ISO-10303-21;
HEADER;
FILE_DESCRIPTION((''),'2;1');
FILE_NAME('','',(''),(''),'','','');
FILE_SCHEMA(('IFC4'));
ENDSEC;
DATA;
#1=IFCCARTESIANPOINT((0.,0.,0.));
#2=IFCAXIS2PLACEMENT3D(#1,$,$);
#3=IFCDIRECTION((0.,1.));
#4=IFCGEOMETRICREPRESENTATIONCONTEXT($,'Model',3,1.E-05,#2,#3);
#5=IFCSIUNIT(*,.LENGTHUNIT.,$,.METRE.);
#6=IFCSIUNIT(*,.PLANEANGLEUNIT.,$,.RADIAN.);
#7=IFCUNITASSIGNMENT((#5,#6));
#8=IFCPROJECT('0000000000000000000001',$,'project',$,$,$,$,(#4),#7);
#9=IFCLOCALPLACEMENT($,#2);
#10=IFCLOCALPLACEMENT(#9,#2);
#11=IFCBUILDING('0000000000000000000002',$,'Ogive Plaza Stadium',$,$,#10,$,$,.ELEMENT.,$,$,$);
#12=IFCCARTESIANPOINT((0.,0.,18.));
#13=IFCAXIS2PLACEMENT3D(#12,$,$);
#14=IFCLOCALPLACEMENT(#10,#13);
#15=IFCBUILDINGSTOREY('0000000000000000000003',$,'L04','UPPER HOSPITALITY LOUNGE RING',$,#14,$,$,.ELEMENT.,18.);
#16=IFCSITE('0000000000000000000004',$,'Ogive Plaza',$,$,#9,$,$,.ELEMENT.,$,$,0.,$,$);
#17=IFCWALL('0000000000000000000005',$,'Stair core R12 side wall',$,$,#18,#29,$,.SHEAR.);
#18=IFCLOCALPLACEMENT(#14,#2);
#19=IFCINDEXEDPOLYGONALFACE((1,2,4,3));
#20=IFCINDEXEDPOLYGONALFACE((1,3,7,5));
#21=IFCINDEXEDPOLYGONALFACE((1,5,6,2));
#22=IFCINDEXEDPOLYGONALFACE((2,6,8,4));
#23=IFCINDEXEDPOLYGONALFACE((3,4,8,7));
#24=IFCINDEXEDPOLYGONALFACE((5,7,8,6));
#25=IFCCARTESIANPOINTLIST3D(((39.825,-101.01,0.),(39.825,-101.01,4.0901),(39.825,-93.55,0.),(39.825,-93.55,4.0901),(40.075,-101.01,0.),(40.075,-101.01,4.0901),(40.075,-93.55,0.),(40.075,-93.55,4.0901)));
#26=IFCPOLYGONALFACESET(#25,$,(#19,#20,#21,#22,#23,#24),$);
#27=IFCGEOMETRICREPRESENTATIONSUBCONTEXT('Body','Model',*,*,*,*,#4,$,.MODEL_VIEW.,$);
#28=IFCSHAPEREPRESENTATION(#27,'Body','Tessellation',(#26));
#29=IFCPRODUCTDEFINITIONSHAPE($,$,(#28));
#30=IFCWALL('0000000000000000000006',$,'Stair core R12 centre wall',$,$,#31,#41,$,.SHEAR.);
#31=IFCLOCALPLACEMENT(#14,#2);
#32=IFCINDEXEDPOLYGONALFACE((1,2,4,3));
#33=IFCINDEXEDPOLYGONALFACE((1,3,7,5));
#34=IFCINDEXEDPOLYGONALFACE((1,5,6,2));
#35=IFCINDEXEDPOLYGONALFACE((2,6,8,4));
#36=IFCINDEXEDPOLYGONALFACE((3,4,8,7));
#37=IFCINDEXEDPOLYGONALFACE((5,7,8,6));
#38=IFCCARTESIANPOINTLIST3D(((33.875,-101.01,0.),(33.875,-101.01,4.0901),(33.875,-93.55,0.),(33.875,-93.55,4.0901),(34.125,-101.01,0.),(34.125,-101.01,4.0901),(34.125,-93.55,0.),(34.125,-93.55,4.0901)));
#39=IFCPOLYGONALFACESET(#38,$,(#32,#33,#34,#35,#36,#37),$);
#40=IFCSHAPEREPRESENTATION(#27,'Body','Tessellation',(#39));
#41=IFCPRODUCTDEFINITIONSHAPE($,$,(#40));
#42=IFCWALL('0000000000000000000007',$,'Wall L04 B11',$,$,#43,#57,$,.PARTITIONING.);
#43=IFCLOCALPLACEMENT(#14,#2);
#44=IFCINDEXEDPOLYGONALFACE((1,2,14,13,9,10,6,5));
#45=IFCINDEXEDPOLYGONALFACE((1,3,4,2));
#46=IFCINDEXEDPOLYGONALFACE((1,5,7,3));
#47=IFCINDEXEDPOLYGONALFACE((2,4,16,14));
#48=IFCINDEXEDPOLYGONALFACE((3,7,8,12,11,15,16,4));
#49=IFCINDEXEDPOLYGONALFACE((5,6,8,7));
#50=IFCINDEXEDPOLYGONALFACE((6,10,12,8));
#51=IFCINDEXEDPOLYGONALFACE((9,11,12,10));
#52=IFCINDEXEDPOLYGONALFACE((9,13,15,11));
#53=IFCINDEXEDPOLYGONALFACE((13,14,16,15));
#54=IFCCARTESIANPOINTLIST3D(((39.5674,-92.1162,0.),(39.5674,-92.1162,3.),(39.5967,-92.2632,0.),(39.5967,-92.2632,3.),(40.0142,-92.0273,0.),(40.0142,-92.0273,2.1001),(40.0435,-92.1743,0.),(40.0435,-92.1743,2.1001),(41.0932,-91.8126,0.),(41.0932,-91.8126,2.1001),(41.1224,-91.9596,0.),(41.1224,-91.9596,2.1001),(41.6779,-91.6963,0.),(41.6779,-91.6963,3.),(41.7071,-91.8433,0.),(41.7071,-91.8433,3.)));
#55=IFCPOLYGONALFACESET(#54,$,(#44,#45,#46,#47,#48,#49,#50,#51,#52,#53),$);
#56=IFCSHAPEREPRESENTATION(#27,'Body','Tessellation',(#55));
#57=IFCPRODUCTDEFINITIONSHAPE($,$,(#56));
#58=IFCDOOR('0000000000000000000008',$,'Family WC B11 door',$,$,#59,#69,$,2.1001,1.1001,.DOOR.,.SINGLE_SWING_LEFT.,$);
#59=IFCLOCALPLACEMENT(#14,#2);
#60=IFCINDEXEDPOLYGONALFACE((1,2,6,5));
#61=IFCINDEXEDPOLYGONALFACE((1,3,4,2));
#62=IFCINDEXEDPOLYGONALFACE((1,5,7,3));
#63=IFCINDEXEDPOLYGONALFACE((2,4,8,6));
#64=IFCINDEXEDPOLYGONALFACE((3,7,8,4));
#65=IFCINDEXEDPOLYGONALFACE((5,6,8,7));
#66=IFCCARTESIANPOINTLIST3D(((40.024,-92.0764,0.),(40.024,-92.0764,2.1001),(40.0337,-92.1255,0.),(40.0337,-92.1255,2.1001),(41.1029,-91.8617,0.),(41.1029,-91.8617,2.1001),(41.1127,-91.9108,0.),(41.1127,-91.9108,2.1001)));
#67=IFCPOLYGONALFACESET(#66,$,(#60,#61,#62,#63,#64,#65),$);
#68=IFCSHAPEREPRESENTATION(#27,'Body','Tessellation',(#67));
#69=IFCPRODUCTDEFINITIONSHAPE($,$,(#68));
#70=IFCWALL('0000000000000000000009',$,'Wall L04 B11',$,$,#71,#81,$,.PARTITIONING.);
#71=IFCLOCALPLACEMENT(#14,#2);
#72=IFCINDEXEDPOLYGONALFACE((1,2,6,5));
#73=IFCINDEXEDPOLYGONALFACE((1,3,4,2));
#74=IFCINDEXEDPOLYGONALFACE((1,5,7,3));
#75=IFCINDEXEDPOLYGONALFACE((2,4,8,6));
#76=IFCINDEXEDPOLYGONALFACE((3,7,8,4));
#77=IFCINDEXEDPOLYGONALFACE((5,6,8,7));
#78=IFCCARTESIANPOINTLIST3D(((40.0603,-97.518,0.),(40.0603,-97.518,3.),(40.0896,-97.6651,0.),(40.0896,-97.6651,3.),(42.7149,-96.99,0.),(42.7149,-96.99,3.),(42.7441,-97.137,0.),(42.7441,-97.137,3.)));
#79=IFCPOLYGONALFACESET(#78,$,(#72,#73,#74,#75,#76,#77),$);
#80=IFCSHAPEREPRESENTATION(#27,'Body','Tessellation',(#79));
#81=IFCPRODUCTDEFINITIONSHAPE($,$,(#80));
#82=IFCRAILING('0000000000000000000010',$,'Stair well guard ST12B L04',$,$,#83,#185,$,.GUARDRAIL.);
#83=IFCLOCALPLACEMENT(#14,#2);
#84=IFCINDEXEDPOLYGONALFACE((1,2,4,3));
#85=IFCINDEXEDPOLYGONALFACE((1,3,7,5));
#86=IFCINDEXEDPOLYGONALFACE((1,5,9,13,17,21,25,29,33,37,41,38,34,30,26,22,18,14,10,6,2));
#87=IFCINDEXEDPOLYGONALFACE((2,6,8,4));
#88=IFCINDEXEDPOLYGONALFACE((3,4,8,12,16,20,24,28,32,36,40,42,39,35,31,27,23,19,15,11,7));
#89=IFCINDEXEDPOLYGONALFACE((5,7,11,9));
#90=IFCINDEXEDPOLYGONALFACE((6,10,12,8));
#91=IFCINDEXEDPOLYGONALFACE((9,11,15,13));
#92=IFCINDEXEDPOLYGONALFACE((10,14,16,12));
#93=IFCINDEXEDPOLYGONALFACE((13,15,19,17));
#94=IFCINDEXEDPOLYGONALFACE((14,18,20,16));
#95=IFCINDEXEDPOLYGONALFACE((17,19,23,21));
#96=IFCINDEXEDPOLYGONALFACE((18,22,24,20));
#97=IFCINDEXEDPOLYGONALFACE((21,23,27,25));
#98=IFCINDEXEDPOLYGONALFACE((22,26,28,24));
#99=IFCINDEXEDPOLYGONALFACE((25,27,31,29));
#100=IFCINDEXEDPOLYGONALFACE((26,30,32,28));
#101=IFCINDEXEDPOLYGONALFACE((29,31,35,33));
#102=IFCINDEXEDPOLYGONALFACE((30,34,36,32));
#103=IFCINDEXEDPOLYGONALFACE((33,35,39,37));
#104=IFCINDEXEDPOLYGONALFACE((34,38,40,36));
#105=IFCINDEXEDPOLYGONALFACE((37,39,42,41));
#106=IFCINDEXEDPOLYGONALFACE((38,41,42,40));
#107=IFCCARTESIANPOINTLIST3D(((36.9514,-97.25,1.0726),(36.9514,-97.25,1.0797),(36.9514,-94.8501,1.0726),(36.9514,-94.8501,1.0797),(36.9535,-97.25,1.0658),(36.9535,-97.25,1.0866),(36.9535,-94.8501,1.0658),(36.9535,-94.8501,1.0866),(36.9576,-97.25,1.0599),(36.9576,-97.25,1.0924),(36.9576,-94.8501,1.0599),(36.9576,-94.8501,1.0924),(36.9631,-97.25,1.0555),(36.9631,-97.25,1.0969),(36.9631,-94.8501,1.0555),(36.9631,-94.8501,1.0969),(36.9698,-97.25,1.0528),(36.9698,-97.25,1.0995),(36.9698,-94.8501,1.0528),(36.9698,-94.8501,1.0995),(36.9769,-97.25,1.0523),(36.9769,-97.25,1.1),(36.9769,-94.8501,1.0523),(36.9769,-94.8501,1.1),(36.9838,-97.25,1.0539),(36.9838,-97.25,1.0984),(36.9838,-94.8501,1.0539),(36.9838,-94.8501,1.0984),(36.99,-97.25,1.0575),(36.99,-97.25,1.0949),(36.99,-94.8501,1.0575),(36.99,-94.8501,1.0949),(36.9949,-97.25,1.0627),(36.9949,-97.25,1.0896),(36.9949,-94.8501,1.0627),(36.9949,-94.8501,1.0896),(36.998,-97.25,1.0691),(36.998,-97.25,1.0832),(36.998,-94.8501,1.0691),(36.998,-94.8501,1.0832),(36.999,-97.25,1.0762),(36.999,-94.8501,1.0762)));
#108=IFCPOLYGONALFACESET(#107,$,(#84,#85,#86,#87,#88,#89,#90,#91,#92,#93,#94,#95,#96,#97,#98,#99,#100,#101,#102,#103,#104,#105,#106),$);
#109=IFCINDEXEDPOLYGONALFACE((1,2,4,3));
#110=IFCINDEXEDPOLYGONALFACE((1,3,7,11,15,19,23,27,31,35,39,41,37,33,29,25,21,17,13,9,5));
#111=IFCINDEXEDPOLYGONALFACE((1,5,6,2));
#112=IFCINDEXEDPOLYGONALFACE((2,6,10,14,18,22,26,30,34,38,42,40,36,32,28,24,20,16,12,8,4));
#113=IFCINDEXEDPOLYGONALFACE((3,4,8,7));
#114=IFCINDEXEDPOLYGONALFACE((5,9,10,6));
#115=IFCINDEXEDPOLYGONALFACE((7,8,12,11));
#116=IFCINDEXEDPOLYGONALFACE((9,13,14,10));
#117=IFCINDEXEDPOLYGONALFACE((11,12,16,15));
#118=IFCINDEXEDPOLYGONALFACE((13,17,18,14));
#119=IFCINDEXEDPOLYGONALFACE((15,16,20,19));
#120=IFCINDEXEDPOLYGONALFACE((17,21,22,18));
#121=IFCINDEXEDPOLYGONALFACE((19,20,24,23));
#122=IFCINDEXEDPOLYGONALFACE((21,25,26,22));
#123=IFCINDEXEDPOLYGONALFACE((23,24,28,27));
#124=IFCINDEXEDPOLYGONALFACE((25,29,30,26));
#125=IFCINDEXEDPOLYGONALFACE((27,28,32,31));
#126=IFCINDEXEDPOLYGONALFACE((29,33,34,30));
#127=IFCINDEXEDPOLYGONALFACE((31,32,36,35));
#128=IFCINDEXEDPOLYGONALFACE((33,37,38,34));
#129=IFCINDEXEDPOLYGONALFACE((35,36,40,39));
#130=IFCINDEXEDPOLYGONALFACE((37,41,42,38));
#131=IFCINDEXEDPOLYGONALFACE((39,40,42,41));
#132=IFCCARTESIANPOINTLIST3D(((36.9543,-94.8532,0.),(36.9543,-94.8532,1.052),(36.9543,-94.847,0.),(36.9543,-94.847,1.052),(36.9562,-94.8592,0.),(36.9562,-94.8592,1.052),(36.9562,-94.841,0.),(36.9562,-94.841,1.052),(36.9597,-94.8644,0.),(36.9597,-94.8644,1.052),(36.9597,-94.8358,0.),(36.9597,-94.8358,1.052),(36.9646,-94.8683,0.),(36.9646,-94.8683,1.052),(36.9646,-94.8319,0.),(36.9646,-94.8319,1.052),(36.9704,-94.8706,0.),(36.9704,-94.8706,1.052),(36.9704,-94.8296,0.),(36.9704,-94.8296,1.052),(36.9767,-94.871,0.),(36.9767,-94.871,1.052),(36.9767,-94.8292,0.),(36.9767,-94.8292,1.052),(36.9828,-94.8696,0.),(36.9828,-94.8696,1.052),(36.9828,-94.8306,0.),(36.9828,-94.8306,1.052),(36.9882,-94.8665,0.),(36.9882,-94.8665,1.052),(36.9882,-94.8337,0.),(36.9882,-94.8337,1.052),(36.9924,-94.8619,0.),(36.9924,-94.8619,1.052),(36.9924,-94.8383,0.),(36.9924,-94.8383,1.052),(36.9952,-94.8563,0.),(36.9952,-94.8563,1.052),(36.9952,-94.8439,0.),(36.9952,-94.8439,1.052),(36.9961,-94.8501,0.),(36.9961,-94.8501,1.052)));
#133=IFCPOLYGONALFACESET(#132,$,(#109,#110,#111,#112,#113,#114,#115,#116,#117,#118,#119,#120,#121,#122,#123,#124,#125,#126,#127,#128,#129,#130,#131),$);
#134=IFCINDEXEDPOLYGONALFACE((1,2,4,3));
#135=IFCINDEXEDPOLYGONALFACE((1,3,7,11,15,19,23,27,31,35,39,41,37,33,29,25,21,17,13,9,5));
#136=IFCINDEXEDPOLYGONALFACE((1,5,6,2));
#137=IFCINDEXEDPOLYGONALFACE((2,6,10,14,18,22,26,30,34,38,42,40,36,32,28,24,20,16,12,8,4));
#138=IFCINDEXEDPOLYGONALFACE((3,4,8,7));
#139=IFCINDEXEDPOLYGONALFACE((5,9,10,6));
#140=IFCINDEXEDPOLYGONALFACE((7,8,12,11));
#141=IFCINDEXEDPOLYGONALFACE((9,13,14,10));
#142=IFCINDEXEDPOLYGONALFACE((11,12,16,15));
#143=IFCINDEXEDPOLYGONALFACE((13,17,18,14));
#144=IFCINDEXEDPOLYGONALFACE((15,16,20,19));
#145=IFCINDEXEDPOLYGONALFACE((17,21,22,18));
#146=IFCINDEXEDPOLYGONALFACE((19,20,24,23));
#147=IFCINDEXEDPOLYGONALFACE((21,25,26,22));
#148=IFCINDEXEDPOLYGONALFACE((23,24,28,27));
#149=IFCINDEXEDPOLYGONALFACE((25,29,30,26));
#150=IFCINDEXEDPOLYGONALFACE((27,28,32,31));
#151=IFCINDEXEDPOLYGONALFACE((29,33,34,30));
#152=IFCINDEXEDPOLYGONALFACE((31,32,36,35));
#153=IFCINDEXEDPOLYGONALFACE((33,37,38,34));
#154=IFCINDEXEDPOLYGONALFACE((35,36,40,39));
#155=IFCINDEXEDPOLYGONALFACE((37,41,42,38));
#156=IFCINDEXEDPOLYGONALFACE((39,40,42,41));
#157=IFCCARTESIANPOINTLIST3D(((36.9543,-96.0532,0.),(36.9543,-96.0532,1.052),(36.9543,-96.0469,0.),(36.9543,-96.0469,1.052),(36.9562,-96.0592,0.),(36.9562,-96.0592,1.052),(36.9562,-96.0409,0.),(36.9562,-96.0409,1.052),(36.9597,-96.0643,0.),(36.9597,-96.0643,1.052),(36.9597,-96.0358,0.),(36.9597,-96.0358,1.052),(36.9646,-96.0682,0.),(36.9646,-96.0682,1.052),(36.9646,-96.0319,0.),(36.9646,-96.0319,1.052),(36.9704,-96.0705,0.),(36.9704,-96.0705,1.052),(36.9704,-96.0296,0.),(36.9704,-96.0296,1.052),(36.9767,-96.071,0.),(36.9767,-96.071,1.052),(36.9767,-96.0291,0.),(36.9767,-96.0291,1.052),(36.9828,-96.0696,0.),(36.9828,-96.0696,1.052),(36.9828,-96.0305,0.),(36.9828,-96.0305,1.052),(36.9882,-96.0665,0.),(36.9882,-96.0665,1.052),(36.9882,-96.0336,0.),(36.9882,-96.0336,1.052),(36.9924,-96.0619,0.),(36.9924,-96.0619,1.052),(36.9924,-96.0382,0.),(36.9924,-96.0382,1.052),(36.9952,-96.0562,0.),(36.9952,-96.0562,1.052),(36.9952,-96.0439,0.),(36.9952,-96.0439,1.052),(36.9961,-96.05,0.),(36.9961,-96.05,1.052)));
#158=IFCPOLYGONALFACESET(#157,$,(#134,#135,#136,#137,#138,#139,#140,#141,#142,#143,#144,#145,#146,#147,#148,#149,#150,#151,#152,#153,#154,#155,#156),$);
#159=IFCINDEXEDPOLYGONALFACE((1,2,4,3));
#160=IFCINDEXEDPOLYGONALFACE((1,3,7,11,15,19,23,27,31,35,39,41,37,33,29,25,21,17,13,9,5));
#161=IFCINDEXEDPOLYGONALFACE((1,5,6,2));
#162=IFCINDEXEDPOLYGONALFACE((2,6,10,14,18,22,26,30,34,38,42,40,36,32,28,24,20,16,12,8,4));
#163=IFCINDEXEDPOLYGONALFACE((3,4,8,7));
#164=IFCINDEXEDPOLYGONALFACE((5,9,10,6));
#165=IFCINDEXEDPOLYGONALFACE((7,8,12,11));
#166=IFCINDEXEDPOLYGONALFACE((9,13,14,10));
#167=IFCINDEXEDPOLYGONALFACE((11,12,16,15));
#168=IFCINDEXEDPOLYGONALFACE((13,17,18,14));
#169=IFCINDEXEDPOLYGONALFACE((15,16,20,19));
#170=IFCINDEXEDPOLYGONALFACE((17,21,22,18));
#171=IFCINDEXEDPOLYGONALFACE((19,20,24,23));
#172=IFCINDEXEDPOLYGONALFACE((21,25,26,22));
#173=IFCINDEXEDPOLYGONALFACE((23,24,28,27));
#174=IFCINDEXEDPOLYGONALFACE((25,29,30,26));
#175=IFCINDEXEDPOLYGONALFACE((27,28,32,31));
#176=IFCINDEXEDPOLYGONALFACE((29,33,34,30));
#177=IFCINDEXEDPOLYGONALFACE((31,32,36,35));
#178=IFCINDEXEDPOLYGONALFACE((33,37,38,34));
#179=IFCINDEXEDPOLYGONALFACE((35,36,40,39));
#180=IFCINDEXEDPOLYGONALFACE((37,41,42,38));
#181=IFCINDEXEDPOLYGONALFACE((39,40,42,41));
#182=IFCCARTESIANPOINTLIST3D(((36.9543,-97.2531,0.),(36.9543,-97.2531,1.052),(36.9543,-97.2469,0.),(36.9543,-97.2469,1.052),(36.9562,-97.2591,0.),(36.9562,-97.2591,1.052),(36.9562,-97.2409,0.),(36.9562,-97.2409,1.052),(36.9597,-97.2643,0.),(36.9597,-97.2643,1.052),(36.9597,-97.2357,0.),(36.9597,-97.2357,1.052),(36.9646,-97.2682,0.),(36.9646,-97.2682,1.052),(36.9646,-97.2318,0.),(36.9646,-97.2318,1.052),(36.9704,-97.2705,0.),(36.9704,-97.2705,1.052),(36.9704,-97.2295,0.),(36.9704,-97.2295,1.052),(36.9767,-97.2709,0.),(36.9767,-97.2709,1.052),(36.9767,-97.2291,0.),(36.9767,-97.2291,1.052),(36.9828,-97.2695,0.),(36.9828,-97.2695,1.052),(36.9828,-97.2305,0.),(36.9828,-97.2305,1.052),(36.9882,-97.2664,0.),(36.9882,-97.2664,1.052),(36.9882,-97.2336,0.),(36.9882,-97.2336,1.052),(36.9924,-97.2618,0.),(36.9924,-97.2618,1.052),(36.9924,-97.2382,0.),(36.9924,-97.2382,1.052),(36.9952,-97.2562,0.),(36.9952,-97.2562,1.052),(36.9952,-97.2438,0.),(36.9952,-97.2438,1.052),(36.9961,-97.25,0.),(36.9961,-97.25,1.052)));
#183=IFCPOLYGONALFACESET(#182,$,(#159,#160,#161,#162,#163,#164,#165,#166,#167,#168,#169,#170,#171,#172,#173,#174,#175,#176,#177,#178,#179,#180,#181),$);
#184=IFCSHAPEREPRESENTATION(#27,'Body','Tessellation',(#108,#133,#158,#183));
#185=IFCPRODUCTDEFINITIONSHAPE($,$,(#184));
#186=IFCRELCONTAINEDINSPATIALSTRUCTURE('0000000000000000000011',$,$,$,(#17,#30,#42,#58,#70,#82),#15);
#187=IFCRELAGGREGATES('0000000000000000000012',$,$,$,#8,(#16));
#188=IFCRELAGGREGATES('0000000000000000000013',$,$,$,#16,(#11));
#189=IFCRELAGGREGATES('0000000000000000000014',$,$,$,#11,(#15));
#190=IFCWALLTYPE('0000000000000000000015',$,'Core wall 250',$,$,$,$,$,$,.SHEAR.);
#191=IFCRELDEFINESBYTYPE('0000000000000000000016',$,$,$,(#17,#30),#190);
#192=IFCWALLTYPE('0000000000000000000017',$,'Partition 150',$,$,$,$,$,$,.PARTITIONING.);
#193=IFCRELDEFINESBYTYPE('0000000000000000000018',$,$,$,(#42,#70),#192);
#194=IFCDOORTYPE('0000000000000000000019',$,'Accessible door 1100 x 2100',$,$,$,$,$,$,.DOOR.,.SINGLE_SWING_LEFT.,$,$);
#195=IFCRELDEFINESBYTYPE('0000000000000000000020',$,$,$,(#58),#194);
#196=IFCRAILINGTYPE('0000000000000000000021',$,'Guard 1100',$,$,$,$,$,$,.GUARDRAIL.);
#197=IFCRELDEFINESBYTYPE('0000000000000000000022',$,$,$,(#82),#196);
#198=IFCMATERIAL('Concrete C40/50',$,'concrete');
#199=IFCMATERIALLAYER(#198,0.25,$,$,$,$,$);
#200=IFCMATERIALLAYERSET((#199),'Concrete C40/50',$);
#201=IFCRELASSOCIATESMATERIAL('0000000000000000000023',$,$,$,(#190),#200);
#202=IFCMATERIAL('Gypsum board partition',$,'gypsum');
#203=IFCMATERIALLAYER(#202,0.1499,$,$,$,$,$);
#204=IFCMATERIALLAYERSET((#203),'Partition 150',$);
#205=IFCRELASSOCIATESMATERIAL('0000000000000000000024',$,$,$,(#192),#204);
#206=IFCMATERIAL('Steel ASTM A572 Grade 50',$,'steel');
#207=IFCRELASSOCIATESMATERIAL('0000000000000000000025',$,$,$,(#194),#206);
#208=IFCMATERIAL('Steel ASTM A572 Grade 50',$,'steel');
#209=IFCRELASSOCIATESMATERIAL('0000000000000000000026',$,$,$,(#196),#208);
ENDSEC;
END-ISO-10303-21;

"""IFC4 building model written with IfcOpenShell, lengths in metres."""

from ifc_helpers import new_model, si_unit, direction, frame, frame_2d, origin, origin_2d, place, context, subcontext, project, spatial, rectangle, circle, extrude, material, layer, layer_set, type_object, element, fill, save


model = new_model("IFC4")

# Units and contexts
model_context = context("Model", 3, precision=1e-05, world=origin(), true_north=direction((0.0, 1.0)))
body_context = subcontext(model_context, "Body", "Model", "MODEL_VIEW")
ifc_project = project(units=[si_unit("LENGTHUNIT", "METRE"), si_unit("PLANEANGLEUNIT", "RADIAN")], contexts=[model_context])

# Site, building, storey
site_placement = place(None, origin())
site = spatial("IfcSite", under=ifc_project, at=site_placement, Name="Ogive Plaza", CompositionType="ELEMENT", RefElevation=0.0)
building_placement = place(site_placement, origin())
building = spatial("IfcBuilding", under=site, at=building_placement, Name="Ogive Plaza Stadium", CompositionType="ELEMENT")
storey_placement = place(building_placement, frame((0.0, 0.0, 18.0)))
storey = spatial("IfcBuildingStorey", under=building, at=storey_placement, Name="L04", Description="UPPER HOSPITALITY LOUNGE RING", CompositionType="ELEMENT", Elevation=18.0)

# Walls
ifc_material_1 = material(Name="Concrete C40/50", Category="concrete")
ifc_layer_1 = layer(ifc_material_1, 0.25)
ifc_layer_set_1 = layer_set([ifc_layer_1], Name="Concrete C40/50")
wall_type_1 = type_object("IfcWallType", Name="Core wall 250", PredefinedType="SHEAR", material=ifc_layer_set_1)
for number, where, z_axis, x_axis, name in (
    (1, (39.95, -93.55, 0.0), (0.0, 0.0, 1.0), (0.0, -1.0, 0.0), "Stair core R12 side wall"),
    (2, (34.0, -93.55, 0.0), (0.0, 0.0, 1.0), (0.0, -1.0, 0.0), "Stair core R12 centre wall"),
):
    element("IfcWall", number, at=place(storey_placement, frame(where, z_axis=z_axis, x_axis=x_axis)), inside=storey, type_object=wall_type_1, Name=name, PredefinedType="SHEAR", context=body_context, shape_type="SweptSolid", body=[
        extrude(rectangle(XDim=7.46, YDim=0.25, at=frame_2d((3.73, 0.0))), origin(), (0.0, 0.0, 1.0), 4.0901),
    ])

# Wall, opening, door
ifc_material_2 = material(Name="Gypsum board partition", Category="gypsum")
ifc_layer_2 = layer(ifc_material_2, 0.1499)
ifc_layer_set_2 = layer_set([ifc_layer_2], Name="Partition 150")
wall_type_2 = type_object("IfcWallType", Name="Partition 150", PredefinedType="PARTITIONING", material=ifc_layer_set_2)
wall_1_placement = place(storey_placement, frame((39.582, -92.1897, 0.0), z_axis=(0.0, 0.0, 1.0), x_axis=(0.980777, 0.195134, 0.0)))
wall_1 = element("IfcWall", 3, at=wall_1_placement, inside=storey, type_object=wall_type_2, Name="Wall L04 B11", PredefinedType="PARTITIONING", context=body_context, shape_type="SweptSolid", body=[
    extrude(rectangle(XDim=2.1519, YDim=0.1499, at=frame_2d((1.0759, 0.0))), origin(), (0.0, 0.0, 1.0), 3.0),
])
opening_placement = place(wall_1_placement, frame((0.4556, 0.0, 0.0)))
opening = element("IfcOpeningElement", 4, at=opening_placement, cuts=wall_1, PredefinedType="OPENING", context=body_context, shape_type="SweptSolid", body=[
    extrude(rectangle(XDim=1.1001, YDim=2.1001, at=frame_2d((0.55, 1.05))), frame((0.0, 0.075, 0.0), z_axis=(0.0, -1.0, 0.0), x_axis=(1.0, 0.0, 0.0)), (0.0, 0.0, 1.0), 0.1499),
])
ifc_material_3 = material(Name="Steel ASTM A572 Grade 50", Category="steel")
door_type = type_object("IfcDoorType", Name="Accessible door 1100 x 2100", OperationType="SINGLE_SWING_LEFT", PredefinedType="DOOR", material=ifc_material_3)
door_placement = place(opening_placement, origin())
door = element("IfcDoor", 5, at=door_placement, inside=storey, type_object=door_type, Name="Family WC B11 door", OperationType="SINGLE_SWING_LEFT", OverallHeight=2.1001, OverallWidth=1.1001, PredefinedType="DOOR", context=body_context, shape_type="SweptSolid", body=[
    extrude(rectangle(XDim=1.1001, YDim=2.1001, at=frame_2d((0.55, 1.05))), frame((0.0, 0.0249, 0.0), z_axis=(0.0, -1.0, 0.0), x_axis=(1.0, 0.0, 0.0)), (0.0, 0.0, 1.0), 0.05),
])
fill(opening, door)

# Wall
wall_2_placement = place(storey_placement, frame((40.075, -97.5916, 0.0), z_axis=(0.0, 0.0, 1.0), x_axis=(0.980781, 0.19511, 0.0)))
element("IfcWall", 6, at=wall_2_placement, inside=storey, type_object=wall_type_2, Name="Wall L04 B11", PredefinedType="PARTITIONING", context=body_context, shape_type="SweptSolid", body=[
    extrude(rectangle(XDim=2.7065, YDim=0.1499, at=frame_2d((1.3533, 0.0))), origin(), (0.0, 0.0, 1.0), 3.0),
])

# Railing
ifc_material_4 = material(Name="Steel ASTM A572 Grade 50", Category="steel")
railing_type_1 = type_object("IfcRailingType", Name="Guard 1100", PredefinedType="GUARDRAIL", material=ifc_material_4)
for number, where, name in (
    (7, (36.9751, -94.8501, 0.0), "Stair well guard ST12B L04"),
):
    element("IfcRailing", number, at=place(storey_placement, frame(where)), inside=storey, type_object=railing_type_1, Name=name, PredefinedType="GUARDRAIL", context=body_context, shape_type="SweptSolid", body=[
        extrude(circle(Radius=0.0239, at=origin_2d()), frame((0.0, 0.0, 1.0762), z_axis=(0.0, -1.0, 0.0), x_axis=(1.0, 0.0, 0.0)), (0.0, 0.0, 1.0), 2.3999),
        extrude(circle(Radius=0.021, at=origin_2d()), origin(), (0.0, 0.0, 1.0), 1.052),
        extrude(circle(Radius=0.021, at=origin_2d()), frame((0.0, -1.2, 0.0)), (0.0, 0.0, 1.0), 1.052),
        extrude(circle(Radius=0.021, at=origin_2d()), frame((0.0, -2.3999, 0.0)), (0.0, 0.0, 1.0), 1.052),
    ])

save(model, "model.ifc")
